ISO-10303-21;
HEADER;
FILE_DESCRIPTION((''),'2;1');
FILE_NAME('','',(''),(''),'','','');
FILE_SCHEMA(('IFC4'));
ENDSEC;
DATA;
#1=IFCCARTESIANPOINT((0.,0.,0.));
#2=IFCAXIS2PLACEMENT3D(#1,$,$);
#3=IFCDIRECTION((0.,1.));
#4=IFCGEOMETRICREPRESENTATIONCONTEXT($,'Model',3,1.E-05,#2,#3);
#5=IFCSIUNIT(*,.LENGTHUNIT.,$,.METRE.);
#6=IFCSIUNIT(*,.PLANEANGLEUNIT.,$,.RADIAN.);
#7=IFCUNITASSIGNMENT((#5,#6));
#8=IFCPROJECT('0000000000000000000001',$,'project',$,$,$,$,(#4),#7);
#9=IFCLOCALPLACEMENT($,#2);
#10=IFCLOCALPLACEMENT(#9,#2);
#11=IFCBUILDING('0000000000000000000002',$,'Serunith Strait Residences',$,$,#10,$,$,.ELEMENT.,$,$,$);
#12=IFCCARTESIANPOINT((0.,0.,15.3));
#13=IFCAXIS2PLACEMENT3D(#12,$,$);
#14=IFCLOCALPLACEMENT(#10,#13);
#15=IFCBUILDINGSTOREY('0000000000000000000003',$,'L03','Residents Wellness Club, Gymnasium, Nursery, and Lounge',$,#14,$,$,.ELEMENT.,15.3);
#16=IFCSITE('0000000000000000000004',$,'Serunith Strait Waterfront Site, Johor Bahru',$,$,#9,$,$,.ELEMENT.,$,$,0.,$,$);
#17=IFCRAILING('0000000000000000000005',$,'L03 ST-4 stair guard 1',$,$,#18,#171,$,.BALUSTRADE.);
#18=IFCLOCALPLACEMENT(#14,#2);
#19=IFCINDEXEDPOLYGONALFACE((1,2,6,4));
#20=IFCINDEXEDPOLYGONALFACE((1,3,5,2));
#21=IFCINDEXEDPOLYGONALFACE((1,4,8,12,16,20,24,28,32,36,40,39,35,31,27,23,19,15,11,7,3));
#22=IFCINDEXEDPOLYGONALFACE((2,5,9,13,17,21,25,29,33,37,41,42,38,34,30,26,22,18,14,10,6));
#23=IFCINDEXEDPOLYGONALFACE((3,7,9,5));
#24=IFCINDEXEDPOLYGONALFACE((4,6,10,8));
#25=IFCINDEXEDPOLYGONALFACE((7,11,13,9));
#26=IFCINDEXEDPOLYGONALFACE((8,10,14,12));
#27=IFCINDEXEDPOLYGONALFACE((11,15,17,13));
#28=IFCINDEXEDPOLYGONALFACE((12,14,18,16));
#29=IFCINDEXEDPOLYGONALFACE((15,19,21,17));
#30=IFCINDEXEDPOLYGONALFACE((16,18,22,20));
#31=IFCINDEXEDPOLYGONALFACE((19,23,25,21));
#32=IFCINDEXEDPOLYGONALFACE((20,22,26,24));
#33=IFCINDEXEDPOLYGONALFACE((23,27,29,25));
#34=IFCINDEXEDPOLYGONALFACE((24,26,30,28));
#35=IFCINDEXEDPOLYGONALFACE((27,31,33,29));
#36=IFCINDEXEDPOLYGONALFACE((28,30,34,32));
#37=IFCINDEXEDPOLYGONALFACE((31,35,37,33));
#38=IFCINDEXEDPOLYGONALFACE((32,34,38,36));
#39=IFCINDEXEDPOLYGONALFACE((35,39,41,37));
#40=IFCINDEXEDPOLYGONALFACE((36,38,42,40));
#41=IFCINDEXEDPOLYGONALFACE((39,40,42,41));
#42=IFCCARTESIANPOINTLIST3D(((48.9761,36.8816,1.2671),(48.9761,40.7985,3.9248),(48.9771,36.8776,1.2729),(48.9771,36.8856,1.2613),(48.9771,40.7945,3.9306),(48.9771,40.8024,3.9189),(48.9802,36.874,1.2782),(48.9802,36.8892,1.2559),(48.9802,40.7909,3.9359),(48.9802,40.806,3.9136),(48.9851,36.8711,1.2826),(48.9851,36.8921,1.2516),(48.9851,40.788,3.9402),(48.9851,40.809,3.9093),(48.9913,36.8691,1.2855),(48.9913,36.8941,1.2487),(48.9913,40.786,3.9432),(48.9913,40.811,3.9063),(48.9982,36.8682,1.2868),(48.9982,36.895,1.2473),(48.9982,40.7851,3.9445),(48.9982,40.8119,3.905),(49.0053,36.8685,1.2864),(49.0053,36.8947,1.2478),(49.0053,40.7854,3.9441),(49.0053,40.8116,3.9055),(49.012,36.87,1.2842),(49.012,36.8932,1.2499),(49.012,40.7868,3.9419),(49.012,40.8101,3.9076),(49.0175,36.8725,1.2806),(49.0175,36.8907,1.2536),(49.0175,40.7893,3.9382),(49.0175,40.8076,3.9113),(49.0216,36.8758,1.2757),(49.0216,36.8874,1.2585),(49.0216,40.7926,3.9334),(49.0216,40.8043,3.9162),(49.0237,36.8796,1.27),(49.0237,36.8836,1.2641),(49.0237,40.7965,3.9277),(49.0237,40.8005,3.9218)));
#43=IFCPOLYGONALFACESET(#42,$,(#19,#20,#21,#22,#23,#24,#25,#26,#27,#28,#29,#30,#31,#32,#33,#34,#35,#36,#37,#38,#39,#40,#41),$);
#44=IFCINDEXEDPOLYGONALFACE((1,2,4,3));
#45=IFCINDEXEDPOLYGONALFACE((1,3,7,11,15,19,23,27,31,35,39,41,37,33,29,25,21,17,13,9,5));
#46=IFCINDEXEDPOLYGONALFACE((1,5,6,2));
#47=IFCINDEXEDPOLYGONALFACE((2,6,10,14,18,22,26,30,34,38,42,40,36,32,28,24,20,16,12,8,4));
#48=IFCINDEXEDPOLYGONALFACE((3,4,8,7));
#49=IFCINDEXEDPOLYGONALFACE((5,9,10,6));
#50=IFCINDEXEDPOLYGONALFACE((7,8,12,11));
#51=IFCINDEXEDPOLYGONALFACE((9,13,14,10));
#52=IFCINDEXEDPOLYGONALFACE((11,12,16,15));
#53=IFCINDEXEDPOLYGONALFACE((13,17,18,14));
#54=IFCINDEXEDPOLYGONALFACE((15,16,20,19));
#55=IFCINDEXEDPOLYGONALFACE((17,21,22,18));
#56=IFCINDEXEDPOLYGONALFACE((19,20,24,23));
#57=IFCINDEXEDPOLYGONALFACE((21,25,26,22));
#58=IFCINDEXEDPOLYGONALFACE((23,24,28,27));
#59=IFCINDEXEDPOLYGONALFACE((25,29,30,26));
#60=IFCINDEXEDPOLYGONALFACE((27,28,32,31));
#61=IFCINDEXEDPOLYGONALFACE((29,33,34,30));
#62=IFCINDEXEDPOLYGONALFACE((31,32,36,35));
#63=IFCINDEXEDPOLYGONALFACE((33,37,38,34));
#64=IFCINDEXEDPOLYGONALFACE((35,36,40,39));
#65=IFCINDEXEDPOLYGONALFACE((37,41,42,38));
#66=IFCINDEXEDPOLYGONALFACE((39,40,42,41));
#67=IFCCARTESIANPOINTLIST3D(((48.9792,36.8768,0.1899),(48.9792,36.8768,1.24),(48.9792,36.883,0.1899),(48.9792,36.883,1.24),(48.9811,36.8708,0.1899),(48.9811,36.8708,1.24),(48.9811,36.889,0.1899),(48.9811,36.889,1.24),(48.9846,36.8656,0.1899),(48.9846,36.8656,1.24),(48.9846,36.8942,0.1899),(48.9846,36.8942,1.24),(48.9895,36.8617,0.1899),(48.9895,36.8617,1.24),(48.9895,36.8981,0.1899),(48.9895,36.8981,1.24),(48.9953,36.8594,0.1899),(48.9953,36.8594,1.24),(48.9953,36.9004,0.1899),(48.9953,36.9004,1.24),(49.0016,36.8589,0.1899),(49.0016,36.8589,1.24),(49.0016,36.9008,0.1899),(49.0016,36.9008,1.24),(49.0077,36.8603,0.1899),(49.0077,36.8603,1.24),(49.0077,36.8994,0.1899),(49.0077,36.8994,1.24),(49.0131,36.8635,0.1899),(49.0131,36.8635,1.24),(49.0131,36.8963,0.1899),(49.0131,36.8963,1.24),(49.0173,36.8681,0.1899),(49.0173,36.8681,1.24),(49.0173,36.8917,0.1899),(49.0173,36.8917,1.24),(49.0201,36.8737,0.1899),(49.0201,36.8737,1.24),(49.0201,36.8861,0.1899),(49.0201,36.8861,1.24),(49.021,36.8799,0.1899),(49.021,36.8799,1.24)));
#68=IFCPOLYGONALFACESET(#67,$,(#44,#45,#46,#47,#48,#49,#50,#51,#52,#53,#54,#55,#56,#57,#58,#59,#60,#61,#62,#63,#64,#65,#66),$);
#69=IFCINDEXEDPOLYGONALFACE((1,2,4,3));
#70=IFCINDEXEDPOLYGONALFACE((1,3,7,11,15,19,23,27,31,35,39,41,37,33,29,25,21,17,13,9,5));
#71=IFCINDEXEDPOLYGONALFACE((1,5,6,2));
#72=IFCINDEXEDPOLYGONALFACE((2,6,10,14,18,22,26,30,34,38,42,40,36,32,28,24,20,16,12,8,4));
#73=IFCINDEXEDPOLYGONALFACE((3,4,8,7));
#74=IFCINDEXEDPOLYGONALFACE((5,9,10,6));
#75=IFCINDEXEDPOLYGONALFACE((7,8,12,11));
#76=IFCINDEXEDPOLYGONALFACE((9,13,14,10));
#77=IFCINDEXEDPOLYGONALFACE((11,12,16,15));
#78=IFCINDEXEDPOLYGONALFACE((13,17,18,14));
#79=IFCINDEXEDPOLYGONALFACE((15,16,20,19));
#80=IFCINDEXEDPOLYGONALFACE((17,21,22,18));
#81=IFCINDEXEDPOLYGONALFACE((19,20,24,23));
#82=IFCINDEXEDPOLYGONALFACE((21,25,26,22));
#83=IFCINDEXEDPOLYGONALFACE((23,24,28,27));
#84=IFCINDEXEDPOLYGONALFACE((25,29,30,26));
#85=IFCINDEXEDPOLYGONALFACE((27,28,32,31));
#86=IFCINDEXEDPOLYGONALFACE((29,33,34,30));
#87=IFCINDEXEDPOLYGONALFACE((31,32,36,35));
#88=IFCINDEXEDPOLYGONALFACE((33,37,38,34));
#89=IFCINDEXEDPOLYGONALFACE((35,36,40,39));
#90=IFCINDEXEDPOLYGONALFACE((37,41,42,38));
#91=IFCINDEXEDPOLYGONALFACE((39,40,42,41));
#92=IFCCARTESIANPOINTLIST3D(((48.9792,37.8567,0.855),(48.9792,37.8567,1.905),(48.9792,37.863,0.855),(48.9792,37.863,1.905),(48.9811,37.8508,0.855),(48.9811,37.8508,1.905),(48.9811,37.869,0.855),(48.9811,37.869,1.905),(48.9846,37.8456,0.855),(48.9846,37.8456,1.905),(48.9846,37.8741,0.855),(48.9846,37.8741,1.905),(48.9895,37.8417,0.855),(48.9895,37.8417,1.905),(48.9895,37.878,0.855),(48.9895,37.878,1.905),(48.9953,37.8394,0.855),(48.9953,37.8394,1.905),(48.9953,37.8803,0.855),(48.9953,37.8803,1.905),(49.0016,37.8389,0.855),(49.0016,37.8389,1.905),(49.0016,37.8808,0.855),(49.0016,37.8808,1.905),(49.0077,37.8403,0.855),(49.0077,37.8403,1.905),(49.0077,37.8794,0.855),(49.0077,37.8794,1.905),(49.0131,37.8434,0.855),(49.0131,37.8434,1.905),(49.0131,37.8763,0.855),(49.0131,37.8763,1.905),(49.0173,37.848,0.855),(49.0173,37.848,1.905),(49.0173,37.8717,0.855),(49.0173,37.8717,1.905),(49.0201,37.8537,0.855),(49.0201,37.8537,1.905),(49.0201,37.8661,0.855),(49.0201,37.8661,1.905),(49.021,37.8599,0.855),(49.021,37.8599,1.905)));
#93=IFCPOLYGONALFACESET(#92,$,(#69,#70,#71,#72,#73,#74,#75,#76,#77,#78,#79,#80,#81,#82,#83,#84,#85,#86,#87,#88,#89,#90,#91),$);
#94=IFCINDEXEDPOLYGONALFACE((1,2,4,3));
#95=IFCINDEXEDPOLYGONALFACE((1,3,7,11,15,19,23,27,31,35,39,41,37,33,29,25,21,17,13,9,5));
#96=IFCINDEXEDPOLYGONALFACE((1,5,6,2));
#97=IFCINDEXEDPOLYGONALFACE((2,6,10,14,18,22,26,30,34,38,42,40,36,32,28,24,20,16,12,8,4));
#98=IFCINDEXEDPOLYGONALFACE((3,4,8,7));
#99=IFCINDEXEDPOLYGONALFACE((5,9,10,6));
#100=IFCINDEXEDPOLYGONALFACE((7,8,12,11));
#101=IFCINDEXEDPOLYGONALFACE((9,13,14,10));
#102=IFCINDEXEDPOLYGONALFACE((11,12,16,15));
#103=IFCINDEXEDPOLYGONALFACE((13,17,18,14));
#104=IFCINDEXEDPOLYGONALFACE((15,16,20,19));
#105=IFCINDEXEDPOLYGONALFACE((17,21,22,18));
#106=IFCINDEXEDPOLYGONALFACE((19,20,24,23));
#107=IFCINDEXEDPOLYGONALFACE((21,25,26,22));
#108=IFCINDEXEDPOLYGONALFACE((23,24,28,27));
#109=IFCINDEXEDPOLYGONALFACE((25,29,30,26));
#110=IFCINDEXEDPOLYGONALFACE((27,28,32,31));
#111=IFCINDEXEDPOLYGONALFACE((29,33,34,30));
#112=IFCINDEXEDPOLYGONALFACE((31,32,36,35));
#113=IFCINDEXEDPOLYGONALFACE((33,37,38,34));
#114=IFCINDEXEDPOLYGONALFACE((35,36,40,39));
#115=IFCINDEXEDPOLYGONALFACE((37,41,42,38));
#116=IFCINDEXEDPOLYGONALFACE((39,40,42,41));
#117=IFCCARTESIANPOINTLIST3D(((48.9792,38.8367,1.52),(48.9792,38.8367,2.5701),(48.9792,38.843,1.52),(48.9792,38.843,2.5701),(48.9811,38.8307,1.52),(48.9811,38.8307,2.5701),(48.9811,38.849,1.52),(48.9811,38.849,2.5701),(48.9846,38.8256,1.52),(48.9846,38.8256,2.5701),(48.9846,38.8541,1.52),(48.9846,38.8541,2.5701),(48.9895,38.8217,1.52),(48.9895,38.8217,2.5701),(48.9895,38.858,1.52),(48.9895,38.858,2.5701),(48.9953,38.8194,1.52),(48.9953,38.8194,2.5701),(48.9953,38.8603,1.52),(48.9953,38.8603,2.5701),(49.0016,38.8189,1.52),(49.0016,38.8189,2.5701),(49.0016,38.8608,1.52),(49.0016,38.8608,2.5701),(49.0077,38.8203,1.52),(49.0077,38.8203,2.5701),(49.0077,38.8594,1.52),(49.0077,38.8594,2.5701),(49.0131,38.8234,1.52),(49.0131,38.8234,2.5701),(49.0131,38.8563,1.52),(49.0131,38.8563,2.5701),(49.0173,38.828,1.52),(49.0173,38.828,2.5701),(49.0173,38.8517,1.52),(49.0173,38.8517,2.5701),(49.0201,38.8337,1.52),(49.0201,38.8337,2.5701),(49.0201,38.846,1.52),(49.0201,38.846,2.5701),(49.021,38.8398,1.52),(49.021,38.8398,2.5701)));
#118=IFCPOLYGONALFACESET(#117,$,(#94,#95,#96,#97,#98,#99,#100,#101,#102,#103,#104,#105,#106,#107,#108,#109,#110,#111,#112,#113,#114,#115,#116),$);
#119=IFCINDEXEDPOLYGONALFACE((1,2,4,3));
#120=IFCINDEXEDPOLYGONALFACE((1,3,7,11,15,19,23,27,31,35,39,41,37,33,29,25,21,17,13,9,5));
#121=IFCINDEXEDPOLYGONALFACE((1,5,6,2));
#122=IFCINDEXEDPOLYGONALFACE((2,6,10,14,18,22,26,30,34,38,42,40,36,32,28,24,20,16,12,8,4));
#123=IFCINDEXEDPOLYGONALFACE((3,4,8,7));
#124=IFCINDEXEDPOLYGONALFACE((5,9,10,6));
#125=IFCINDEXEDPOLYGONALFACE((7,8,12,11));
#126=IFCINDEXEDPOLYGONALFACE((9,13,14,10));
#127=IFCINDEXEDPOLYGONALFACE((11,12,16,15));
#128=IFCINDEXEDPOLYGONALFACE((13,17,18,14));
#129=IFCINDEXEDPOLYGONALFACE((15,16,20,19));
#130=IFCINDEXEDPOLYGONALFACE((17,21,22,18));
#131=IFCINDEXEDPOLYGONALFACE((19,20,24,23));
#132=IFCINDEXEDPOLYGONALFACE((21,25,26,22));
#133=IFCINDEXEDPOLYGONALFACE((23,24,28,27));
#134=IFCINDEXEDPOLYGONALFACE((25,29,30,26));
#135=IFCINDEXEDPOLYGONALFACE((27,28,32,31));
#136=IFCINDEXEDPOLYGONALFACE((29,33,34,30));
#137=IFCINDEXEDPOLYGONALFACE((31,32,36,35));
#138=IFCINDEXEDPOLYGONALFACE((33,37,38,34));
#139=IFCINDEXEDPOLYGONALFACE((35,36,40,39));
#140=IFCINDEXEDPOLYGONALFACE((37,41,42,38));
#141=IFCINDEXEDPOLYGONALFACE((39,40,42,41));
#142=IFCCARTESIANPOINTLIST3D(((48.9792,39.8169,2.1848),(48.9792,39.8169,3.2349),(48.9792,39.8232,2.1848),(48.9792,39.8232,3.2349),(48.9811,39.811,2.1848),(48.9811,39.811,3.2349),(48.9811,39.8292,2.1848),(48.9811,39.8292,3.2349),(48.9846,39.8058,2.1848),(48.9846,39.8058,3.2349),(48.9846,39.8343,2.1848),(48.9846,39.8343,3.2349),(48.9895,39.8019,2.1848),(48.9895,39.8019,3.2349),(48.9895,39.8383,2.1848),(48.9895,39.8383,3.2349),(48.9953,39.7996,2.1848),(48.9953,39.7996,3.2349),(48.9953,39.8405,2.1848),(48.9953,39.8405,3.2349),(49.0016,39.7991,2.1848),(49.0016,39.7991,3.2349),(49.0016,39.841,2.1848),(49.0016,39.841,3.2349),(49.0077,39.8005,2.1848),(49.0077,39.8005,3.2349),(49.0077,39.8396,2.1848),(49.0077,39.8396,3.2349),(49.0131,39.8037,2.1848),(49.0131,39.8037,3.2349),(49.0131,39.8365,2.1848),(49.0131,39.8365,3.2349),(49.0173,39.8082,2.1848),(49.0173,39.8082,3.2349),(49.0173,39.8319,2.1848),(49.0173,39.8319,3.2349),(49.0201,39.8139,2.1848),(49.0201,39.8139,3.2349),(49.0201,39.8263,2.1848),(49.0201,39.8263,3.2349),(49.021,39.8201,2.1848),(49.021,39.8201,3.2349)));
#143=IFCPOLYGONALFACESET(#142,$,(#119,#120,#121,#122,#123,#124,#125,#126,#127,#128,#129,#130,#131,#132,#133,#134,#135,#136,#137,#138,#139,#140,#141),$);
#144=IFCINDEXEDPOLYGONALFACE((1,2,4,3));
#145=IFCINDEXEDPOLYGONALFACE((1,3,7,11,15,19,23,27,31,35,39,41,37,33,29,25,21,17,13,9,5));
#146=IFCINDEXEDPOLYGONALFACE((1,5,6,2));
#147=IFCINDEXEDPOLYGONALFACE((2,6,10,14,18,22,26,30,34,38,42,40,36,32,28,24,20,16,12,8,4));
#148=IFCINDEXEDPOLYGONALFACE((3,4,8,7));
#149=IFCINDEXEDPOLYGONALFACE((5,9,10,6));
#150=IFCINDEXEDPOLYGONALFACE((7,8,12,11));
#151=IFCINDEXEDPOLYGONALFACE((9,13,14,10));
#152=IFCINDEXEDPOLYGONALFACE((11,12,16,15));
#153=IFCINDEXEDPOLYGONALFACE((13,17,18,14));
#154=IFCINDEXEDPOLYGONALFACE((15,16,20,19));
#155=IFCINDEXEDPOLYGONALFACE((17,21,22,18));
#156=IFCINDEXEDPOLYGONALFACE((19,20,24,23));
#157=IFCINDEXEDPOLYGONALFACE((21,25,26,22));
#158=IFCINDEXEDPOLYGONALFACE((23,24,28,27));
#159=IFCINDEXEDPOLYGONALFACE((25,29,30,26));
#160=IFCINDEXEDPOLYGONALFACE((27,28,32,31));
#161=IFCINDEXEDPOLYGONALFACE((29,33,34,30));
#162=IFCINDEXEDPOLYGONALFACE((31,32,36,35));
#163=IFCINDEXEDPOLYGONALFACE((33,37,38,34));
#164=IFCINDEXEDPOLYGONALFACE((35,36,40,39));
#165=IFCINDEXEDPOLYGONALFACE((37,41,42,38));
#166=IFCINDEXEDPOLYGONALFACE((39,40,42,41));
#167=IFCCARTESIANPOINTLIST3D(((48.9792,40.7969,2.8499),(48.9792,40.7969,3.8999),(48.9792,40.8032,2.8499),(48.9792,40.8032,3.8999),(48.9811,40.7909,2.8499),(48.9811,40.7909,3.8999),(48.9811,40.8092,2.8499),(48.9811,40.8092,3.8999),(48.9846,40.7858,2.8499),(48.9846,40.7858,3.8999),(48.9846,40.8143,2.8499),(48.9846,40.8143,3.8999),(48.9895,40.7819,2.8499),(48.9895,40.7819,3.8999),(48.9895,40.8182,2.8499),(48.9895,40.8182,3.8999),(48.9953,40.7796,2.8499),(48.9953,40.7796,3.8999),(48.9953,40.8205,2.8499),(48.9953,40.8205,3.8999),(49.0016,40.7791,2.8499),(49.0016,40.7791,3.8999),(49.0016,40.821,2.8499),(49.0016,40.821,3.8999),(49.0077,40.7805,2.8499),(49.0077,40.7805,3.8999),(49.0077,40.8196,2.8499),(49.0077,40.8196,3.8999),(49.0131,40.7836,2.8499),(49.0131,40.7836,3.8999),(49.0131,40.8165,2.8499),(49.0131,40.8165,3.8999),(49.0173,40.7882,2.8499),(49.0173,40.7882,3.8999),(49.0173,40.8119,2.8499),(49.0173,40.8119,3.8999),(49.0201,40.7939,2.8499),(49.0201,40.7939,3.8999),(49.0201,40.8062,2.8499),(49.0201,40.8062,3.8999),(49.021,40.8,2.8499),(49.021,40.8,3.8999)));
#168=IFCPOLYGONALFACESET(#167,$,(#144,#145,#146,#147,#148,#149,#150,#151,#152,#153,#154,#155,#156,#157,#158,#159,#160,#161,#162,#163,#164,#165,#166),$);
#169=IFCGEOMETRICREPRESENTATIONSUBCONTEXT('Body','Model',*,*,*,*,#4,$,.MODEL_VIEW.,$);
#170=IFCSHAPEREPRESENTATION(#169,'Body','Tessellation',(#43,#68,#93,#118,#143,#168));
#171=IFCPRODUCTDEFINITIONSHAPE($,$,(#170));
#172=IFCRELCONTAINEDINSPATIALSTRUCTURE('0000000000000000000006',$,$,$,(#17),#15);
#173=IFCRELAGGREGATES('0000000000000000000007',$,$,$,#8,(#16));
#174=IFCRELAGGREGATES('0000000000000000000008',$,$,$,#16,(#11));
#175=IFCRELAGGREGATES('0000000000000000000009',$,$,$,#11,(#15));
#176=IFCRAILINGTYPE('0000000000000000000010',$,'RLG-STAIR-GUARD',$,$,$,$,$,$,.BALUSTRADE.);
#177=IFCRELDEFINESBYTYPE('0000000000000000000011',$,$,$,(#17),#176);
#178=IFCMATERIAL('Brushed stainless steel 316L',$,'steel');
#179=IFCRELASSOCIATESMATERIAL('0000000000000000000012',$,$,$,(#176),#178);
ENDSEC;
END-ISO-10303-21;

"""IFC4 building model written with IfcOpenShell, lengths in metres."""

from ifc_helpers import new_model, si_unit, direction, frame, origin, origin_2d, place, context, subcontext, project, spatial, circle, extrude, material, type_object, element, save


model = new_model("IFC4")

# Units and contexts
model_context = context("Model", 3, precision=1e-05, world=origin(), true_north=direction((0.0, 1.0)))
body_context = subcontext(model_context, "Body", "Model", "MODEL_VIEW")
ifc_project = project(units=[si_unit("LENGTHUNIT", "METRE"), si_unit("PLANEANGLEUNIT", "RADIAN")], contexts=[model_context])

# Site, building, storey
site_placement = place(None, origin())
site = spatial("IfcSite", under=ifc_project, at=site_placement, Name="Serunith Strait Waterfront Site, Johor Bahru", CompositionType="ELEMENT", RefElevation=0.0)
building_placement = place(site_placement, origin())
building = spatial("IfcBuilding", under=site, at=building_placement, Name="Serunith Strait Residences", CompositionType="ELEMENT")
storey_placement = place(building_placement, frame((0.0, 0.0, 15.3)))
storey = spatial("IfcBuildingStorey", under=building, at=storey_placement, Name="L03", Description="Residents Wellness Club, Gymnasium, Nursery, and Lounge", CompositionType="ELEMENT", Elevation=15.3)

# Railing
ifc_material_1 = material(Name="Brushed stainless steel 316L", Category="steel")
railing_type_1 = type_object("IfcRailingType", Name="RLG-STAIR-GUARD", PredefinedType="BALUSTRADE", material=ifc_material_1)
railing_1_placement = place(storey_placement, frame((49.0, 36.8799, 0.1899)))
element("IfcRailing", 1, at=railing_1_placement, inside=storey, type_object=railing_type_1, Name="L03 ST-4 stair guard 1", PredefinedType="BALUSTRADE", context=body_context, shape_type="SweptSolid", body=[
    extrude(circle(Radius=0.0239, at=origin_2d()), frame((0.0, 0.0017, 1.0771), z_axis=(0.0, 0.827495, 0.561472), x_axis=(-1.0, 0.0, 0.0)), (0.0, 0.0, 1.0), 4.7334),
    extrude(circle(Radius=0.021, at=origin_2d()), origin(), (0.0, 0.0, 1.0), 1.05),
    extrude(circle(Radius=0.021, at=origin_2d()), frame((0.0, 0.98, 0.665)), (0.0, 0.0, 1.0), 1.05),
    extrude(circle(Radius=0.021, at=origin_2d()), frame((0.0, 1.96, 1.3301)), (0.0, 0.0, 1.0), 1.05),
    extrude(circle(Radius=0.021, at=origin_2d()), frame((0.0, 2.9402, 1.9949)), (0.0, 0.0, 1.0), 1.05),
    extrude(circle(Radius=0.021, at=origin_2d()), frame((0.0, 3.9202, 2.6599)), (0.0, 0.0, 1.0), 1.05),
])

save(model, "model.ifc")
